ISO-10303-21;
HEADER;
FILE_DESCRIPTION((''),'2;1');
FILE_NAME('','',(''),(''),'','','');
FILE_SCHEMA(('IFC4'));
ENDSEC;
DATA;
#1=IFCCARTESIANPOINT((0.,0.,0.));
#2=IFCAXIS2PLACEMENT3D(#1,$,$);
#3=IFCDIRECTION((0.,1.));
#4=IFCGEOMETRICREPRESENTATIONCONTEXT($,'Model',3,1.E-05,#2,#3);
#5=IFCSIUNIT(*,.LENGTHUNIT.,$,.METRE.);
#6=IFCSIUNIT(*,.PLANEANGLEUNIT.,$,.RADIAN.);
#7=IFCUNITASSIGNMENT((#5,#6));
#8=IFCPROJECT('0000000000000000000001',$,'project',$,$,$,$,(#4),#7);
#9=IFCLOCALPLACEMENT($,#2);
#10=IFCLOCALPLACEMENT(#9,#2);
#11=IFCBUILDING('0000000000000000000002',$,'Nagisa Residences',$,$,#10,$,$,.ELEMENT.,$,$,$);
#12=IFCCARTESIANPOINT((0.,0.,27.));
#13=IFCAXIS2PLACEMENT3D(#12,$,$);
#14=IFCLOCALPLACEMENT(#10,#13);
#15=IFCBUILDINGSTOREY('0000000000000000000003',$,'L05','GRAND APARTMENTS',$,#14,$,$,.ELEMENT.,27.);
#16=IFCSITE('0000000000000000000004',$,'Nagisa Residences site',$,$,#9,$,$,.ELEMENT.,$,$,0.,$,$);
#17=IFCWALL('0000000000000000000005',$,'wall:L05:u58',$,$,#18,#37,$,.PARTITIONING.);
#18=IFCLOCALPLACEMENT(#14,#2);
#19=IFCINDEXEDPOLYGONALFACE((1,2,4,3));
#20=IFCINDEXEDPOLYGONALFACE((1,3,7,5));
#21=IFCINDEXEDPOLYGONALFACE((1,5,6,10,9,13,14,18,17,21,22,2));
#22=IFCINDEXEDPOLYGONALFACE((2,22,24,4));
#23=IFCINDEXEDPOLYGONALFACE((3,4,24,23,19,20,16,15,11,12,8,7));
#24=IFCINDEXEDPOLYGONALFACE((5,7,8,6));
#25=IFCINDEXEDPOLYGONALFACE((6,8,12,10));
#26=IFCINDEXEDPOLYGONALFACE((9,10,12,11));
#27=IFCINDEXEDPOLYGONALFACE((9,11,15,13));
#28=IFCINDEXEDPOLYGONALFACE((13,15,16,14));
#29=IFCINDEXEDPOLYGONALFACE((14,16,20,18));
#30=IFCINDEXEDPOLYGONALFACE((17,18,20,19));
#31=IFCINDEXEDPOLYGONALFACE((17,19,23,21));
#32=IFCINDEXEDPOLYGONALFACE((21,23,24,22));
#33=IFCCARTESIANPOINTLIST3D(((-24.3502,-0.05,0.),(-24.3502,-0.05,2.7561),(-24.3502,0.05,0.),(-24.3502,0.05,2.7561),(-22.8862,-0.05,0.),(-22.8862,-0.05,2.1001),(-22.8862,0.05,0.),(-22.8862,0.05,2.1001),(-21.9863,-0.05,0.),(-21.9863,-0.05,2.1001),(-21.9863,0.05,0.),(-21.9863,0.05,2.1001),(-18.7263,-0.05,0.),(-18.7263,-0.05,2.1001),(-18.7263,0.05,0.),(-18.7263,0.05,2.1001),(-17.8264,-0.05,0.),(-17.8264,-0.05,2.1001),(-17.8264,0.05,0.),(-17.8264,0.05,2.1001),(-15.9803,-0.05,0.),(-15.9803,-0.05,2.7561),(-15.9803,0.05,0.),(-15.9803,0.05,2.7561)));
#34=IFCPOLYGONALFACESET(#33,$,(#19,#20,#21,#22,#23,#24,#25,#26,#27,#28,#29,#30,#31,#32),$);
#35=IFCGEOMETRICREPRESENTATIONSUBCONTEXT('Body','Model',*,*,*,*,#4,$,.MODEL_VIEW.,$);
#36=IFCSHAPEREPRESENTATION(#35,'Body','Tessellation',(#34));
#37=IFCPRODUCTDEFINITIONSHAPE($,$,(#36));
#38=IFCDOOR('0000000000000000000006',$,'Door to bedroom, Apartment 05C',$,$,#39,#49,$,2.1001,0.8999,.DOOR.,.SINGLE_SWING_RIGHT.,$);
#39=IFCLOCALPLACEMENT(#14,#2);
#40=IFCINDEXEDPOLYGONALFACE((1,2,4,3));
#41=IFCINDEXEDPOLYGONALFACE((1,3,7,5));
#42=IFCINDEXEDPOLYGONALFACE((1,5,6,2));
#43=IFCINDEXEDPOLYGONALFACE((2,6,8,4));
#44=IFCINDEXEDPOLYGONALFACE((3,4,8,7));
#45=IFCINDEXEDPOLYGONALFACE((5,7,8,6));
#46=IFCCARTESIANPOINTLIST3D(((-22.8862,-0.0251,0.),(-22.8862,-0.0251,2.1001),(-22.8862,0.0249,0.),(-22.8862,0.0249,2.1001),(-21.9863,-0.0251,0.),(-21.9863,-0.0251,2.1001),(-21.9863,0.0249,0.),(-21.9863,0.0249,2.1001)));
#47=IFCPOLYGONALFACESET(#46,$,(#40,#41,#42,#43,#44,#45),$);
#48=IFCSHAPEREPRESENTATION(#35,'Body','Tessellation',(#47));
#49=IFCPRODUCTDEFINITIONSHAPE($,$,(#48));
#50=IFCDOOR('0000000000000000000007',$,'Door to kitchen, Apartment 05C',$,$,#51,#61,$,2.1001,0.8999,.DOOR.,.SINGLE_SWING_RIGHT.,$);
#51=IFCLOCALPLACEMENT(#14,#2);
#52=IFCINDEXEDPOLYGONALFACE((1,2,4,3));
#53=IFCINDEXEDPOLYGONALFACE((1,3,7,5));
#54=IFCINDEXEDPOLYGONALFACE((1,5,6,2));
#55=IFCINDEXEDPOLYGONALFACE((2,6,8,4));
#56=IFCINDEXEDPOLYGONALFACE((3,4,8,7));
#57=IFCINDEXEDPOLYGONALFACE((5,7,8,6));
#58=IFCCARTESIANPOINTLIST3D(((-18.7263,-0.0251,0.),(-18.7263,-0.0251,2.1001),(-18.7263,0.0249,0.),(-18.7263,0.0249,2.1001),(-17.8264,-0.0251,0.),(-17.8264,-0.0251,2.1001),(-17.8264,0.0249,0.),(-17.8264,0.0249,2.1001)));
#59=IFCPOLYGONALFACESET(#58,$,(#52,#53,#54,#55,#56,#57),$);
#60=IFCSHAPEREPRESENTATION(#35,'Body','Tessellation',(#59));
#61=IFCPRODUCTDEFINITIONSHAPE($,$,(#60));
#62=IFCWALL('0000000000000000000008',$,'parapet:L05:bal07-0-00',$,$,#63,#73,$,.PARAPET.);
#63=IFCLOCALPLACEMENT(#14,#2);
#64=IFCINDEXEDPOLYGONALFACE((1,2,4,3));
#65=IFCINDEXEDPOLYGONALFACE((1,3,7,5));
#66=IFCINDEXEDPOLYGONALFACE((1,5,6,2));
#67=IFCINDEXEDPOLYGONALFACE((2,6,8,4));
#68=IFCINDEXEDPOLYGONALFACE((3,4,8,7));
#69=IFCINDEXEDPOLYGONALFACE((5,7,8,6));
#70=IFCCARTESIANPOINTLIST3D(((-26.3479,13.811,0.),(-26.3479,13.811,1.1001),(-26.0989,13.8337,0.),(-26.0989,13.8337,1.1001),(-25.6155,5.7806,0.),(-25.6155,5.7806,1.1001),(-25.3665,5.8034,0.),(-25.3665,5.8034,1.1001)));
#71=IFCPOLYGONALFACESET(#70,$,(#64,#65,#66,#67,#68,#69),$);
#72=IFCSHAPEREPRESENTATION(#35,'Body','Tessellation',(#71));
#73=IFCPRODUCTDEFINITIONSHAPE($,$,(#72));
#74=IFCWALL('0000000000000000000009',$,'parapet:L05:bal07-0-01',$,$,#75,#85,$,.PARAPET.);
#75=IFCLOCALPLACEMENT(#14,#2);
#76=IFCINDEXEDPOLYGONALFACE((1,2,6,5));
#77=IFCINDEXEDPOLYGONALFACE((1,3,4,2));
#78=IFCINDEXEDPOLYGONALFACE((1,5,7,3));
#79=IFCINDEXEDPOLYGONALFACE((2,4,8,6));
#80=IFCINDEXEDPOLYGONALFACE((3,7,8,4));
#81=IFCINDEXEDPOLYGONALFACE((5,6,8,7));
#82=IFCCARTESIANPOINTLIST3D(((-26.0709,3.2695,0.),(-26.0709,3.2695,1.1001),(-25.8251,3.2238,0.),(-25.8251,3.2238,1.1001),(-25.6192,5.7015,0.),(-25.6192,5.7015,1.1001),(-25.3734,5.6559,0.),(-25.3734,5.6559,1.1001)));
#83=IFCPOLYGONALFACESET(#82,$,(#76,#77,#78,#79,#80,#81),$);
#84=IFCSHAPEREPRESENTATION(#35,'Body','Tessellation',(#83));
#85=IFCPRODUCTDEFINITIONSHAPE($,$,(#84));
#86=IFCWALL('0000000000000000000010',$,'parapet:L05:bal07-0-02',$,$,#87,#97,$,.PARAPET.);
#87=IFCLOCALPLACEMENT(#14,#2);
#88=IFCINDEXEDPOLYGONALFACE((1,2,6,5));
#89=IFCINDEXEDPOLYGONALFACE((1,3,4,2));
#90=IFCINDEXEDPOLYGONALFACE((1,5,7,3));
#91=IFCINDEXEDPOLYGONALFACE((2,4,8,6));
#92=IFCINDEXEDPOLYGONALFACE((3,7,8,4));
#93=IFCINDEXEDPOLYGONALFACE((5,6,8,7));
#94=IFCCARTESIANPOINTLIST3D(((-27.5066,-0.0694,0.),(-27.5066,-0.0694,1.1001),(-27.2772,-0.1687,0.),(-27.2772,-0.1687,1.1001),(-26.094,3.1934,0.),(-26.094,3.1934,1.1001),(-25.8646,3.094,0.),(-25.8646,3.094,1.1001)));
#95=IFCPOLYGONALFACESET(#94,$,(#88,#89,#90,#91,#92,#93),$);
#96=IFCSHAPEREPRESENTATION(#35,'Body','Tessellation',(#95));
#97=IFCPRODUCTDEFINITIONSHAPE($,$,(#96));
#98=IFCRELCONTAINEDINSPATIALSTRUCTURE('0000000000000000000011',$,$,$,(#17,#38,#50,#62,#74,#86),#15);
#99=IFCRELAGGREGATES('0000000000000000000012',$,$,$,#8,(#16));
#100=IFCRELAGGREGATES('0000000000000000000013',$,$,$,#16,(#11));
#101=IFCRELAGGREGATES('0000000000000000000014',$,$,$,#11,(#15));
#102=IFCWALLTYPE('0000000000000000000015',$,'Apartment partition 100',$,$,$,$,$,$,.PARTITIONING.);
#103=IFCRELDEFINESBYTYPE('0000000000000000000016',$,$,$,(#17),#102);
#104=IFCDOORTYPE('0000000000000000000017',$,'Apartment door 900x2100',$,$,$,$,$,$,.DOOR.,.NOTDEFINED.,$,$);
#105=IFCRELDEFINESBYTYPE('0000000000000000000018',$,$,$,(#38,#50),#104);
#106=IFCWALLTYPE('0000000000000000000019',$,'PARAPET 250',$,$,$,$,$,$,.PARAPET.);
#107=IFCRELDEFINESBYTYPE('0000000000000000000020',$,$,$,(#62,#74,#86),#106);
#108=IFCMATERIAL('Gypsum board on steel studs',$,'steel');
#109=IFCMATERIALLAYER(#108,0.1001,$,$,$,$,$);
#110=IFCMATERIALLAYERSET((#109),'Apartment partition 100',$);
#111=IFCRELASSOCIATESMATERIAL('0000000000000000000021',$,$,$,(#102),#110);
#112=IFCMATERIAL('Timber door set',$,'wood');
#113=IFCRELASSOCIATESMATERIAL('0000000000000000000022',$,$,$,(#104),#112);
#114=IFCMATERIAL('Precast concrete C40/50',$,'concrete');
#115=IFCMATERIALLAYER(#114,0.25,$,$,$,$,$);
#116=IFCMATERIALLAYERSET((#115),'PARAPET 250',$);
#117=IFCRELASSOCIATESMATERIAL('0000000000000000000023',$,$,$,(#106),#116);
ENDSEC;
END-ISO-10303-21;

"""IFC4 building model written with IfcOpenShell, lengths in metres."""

from ifc_helpers import new_model, si_unit, direction, frame, frame_2d, origin, place, context, subcontext, project, spatial, rectangle, extrude, material, layer, layer_set, type_object, element, fill, save


model = new_model("IFC4")

# Units and contexts
model_context = context("Model", 3, precision=1e-05, world=origin(), true_north=direction((0.0, 1.0)))
body_context = subcontext(model_context, "Body", "Model", "MODEL_VIEW")
ifc_project = project(units=[si_unit("LENGTHUNIT", "METRE"), si_unit("PLANEANGLEUNIT", "RADIAN")], contexts=[model_context])

# Site, building, storey
site_placement = place(None, origin())
site = spatial("IfcSite", under=ifc_project, at=site_placement, Name="Nagisa Residences site", CompositionType="ELEMENT", RefElevation=0.0)
building_placement = place(site_placement, origin())
building = spatial("IfcBuilding", under=site, at=building_placement, Name="Nagisa Residences", CompositionType="ELEMENT")
storey_placement = place(building_placement, frame((0.0, 0.0, 27.0)))
storey = spatial("IfcBuildingStorey", under=building, at=storey_placement, Name="L05", Description="GRAND APARTMENTS", CompositionType="ELEMENT", Elevation=27.0)

# Shared definitions
ifc_material_1 = material(Name="Gypsum board on steel studs", Category="steel")
ifc_layer_1 = layer(ifc_material_1, 0.1001)
ifc_layer_set_1 = layer_set([ifc_layer_1], Name="Apartment partition 100")
wall_type_1 = type_object("IfcWallType", Name="Apartment partition 100", PredefinedType="PARTITIONING", material=ifc_layer_set_1)

# Wall, openings, doors
wall_1_placement = place(storey_placement, frame((-15.9802, 0.0, 0.0), z_axis=(0.0, 0.0, 1.0), x_axis=(-1.0, 0.0, 0.0)))
wall_1 = element("IfcWall", 1, at=wall_1_placement, inside=storey, type_object=wall_type_1, Name="wall:L05:u58", PredefinedType="PARTITIONING", context=body_context, shape_type="SweptSolid", body=[
    extrude(rectangle(XDim=8.3699, YDim=0.1001, at=frame_2d((4.1851, 0.0))), origin(), (0.0, 0.0, 1.0), 2.7561),
])
opening_1_placement = place(wall_1_placement, frame((6.0061, 0.0, 0.0)))
opening_1 = element("IfcOpeningElement", 2, at=opening_1_placement, cuts=wall_1, PredefinedType="OPENING", context=body_context, shape_type="SweptSolid", body=[
    extrude(rectangle(XDim=0.8999, YDim=2.1001, at=frame_2d((0.45, 1.05))), frame((0.0, 0.0601, 0.0), z_axis=(0.0, -1.0, 0.0), x_axis=(1.0, 0.0, 0.0)), (0.0, 0.0, 1.0), 0.1201),
])
opening_2_placement = place(wall_1_placement, frame((1.8462, 0.0, 0.0)))
opening_2 = element("IfcOpeningElement", 3, at=opening_2_placement, cuts=wall_1, PredefinedType="OPENING", context=body_context, shape_type="SweptSolid", body=[
    extrude(rectangle(XDim=0.8999, YDim=2.1001, at=frame_2d((0.45, 1.05))), frame((0.0, 0.0601, 0.0), z_axis=(0.0, -1.0, 0.0), x_axis=(1.0, 0.0, 0.0)), (0.0, 0.0, 1.0), 0.1201),
])
ifc_material_2 = material(Name="Timber door set", Category="wood")
door_type_1 = type_object("IfcDoorType", Name="Apartment door 900x2100", OperationType="NOTDEFINED", PredefinedType="DOOR", material=ifc_material_2)
door_1_placement = place(opening_1_placement, frame((0.8999, 0.0, 0.0), x_axis=(-1.0, 0.0, 0.0)))
door_1 = element("IfcDoor", 4, at=door_1_placement, inside=storey, type_object=door_type_1, Name="Door to bedroom, Apartment 05C", OperationType="SINGLE_SWING_RIGHT", OverallHeight=2.1001, OverallWidth=0.8999, PredefinedType="DOOR", context=body_context, shape_type="SweptSolid", body=[
    extrude(rectangle(XDim=0.8999, YDim=2.1001, at=frame_2d((0.45, 1.05))), frame((0.0, 0.0249, 0.0), z_axis=(0.0, -1.0, 0.0), x_axis=(1.0, 0.0, 0.0)), (0.0, 0.0, 1.0), 0.05),
])
fill(opening_1, door_1)
door_2_placement = place(opening_2_placement, frame((0.8999, 0.0, 0.0), x_axis=(-1.0, 0.0, 0.0)))
door_2 = element("IfcDoor", 5, at=door_2_placement, inside=storey, type_object=door_type_1, Name="Door to kitchen, Apartment 05C", OperationType="SINGLE_SWING_RIGHT", OverallHeight=2.1001, OverallWidth=0.8999, PredefinedType="DOOR", context=body_context, shape_type="SweptSolid", body=[
    extrude(rectangle(XDim=0.8999, YDim=2.1001, at=frame_2d((0.45, 1.05))), frame((0.0, 0.0249, 0.0), z_axis=(0.0, -1.0, 0.0), x_axis=(1.0, 0.0, 0.0)), (0.0, 0.0, 1.0), 0.05),
])
fill(opening_2, door_2)

# Walls
ifc_material_3 = material(Name="Precast concrete C40/50", Category="concrete")
ifc_layer_2 = layer(ifc_material_3, 0.25)
ifc_layer_set_2 = layer_set([ifc_layer_2], Name="PARAPET 250")
wall_type_2 = type_object("IfcWallType", Name="PARAPET 250", PredefinedType="PARAPET", material=ifc_layer_set_2)
wall_2_placement = place(storey_placement, frame((-26.2234, 13.8223, 0.0), z_axis=(0.0, 0.0, 1.0), x_axis=(0.090831, -0.995866, 0.0)))
element("IfcWall", 6, at=wall_2_placement, inside=storey, type_object=wall_type_2, Name="parapet:L05:bal07-0-00", PredefinedType="PARAPET", context=body_context, shape_type="SweptSolid", body=[
    extrude(rectangle(XDim=8.0637, YDim=0.25, at=frame_2d((4.0317, 0.0))), origin(), (0.0, 0.0, 1.0), 1.1001),
])
wall_3_placement = place(storey_placement, frame((-25.4963, 5.6787, 0.0), z_axis=(0.0, 0.0, 1.0), x_axis=(-0.182584, -0.98319, 0.0)))
element("IfcWall", 7, at=wall_3_placement, inside=storey, type_object=wall_type_2, Name="parapet:L05:bal07-0-01", PredefinedType="PARAPET", context=body_context, shape_type="SweptSolid", body=[
    extrude(rectangle(XDim=2.4736, YDim=0.25, at=frame_2d((1.2368, 0.0))), origin(), (0.0, 0.0, 1.0), 1.1001),
])
wall_4_placement = place(storey_placement, frame((-25.9792, 3.1438, 0.0), z_axis=(0.0, 0.0, 1.0), x_axis=(-0.397315, -0.917683, 0.0)))
element("IfcWall", 8, at=wall_4_placement, inside=storey, type_object=wall_type_2, Name="parapet:L05:bal07-0-02", PredefinedType="PARAPET", context=body_context, shape_type="SweptSolid", body=[
    extrude(rectangle(XDim=3.5554, YDim=0.25, at=frame_2d((1.7778, 0.0))), origin(), (0.0, 0.0, 1.0), 1.1001),
])

save(model, "model.ifc")
